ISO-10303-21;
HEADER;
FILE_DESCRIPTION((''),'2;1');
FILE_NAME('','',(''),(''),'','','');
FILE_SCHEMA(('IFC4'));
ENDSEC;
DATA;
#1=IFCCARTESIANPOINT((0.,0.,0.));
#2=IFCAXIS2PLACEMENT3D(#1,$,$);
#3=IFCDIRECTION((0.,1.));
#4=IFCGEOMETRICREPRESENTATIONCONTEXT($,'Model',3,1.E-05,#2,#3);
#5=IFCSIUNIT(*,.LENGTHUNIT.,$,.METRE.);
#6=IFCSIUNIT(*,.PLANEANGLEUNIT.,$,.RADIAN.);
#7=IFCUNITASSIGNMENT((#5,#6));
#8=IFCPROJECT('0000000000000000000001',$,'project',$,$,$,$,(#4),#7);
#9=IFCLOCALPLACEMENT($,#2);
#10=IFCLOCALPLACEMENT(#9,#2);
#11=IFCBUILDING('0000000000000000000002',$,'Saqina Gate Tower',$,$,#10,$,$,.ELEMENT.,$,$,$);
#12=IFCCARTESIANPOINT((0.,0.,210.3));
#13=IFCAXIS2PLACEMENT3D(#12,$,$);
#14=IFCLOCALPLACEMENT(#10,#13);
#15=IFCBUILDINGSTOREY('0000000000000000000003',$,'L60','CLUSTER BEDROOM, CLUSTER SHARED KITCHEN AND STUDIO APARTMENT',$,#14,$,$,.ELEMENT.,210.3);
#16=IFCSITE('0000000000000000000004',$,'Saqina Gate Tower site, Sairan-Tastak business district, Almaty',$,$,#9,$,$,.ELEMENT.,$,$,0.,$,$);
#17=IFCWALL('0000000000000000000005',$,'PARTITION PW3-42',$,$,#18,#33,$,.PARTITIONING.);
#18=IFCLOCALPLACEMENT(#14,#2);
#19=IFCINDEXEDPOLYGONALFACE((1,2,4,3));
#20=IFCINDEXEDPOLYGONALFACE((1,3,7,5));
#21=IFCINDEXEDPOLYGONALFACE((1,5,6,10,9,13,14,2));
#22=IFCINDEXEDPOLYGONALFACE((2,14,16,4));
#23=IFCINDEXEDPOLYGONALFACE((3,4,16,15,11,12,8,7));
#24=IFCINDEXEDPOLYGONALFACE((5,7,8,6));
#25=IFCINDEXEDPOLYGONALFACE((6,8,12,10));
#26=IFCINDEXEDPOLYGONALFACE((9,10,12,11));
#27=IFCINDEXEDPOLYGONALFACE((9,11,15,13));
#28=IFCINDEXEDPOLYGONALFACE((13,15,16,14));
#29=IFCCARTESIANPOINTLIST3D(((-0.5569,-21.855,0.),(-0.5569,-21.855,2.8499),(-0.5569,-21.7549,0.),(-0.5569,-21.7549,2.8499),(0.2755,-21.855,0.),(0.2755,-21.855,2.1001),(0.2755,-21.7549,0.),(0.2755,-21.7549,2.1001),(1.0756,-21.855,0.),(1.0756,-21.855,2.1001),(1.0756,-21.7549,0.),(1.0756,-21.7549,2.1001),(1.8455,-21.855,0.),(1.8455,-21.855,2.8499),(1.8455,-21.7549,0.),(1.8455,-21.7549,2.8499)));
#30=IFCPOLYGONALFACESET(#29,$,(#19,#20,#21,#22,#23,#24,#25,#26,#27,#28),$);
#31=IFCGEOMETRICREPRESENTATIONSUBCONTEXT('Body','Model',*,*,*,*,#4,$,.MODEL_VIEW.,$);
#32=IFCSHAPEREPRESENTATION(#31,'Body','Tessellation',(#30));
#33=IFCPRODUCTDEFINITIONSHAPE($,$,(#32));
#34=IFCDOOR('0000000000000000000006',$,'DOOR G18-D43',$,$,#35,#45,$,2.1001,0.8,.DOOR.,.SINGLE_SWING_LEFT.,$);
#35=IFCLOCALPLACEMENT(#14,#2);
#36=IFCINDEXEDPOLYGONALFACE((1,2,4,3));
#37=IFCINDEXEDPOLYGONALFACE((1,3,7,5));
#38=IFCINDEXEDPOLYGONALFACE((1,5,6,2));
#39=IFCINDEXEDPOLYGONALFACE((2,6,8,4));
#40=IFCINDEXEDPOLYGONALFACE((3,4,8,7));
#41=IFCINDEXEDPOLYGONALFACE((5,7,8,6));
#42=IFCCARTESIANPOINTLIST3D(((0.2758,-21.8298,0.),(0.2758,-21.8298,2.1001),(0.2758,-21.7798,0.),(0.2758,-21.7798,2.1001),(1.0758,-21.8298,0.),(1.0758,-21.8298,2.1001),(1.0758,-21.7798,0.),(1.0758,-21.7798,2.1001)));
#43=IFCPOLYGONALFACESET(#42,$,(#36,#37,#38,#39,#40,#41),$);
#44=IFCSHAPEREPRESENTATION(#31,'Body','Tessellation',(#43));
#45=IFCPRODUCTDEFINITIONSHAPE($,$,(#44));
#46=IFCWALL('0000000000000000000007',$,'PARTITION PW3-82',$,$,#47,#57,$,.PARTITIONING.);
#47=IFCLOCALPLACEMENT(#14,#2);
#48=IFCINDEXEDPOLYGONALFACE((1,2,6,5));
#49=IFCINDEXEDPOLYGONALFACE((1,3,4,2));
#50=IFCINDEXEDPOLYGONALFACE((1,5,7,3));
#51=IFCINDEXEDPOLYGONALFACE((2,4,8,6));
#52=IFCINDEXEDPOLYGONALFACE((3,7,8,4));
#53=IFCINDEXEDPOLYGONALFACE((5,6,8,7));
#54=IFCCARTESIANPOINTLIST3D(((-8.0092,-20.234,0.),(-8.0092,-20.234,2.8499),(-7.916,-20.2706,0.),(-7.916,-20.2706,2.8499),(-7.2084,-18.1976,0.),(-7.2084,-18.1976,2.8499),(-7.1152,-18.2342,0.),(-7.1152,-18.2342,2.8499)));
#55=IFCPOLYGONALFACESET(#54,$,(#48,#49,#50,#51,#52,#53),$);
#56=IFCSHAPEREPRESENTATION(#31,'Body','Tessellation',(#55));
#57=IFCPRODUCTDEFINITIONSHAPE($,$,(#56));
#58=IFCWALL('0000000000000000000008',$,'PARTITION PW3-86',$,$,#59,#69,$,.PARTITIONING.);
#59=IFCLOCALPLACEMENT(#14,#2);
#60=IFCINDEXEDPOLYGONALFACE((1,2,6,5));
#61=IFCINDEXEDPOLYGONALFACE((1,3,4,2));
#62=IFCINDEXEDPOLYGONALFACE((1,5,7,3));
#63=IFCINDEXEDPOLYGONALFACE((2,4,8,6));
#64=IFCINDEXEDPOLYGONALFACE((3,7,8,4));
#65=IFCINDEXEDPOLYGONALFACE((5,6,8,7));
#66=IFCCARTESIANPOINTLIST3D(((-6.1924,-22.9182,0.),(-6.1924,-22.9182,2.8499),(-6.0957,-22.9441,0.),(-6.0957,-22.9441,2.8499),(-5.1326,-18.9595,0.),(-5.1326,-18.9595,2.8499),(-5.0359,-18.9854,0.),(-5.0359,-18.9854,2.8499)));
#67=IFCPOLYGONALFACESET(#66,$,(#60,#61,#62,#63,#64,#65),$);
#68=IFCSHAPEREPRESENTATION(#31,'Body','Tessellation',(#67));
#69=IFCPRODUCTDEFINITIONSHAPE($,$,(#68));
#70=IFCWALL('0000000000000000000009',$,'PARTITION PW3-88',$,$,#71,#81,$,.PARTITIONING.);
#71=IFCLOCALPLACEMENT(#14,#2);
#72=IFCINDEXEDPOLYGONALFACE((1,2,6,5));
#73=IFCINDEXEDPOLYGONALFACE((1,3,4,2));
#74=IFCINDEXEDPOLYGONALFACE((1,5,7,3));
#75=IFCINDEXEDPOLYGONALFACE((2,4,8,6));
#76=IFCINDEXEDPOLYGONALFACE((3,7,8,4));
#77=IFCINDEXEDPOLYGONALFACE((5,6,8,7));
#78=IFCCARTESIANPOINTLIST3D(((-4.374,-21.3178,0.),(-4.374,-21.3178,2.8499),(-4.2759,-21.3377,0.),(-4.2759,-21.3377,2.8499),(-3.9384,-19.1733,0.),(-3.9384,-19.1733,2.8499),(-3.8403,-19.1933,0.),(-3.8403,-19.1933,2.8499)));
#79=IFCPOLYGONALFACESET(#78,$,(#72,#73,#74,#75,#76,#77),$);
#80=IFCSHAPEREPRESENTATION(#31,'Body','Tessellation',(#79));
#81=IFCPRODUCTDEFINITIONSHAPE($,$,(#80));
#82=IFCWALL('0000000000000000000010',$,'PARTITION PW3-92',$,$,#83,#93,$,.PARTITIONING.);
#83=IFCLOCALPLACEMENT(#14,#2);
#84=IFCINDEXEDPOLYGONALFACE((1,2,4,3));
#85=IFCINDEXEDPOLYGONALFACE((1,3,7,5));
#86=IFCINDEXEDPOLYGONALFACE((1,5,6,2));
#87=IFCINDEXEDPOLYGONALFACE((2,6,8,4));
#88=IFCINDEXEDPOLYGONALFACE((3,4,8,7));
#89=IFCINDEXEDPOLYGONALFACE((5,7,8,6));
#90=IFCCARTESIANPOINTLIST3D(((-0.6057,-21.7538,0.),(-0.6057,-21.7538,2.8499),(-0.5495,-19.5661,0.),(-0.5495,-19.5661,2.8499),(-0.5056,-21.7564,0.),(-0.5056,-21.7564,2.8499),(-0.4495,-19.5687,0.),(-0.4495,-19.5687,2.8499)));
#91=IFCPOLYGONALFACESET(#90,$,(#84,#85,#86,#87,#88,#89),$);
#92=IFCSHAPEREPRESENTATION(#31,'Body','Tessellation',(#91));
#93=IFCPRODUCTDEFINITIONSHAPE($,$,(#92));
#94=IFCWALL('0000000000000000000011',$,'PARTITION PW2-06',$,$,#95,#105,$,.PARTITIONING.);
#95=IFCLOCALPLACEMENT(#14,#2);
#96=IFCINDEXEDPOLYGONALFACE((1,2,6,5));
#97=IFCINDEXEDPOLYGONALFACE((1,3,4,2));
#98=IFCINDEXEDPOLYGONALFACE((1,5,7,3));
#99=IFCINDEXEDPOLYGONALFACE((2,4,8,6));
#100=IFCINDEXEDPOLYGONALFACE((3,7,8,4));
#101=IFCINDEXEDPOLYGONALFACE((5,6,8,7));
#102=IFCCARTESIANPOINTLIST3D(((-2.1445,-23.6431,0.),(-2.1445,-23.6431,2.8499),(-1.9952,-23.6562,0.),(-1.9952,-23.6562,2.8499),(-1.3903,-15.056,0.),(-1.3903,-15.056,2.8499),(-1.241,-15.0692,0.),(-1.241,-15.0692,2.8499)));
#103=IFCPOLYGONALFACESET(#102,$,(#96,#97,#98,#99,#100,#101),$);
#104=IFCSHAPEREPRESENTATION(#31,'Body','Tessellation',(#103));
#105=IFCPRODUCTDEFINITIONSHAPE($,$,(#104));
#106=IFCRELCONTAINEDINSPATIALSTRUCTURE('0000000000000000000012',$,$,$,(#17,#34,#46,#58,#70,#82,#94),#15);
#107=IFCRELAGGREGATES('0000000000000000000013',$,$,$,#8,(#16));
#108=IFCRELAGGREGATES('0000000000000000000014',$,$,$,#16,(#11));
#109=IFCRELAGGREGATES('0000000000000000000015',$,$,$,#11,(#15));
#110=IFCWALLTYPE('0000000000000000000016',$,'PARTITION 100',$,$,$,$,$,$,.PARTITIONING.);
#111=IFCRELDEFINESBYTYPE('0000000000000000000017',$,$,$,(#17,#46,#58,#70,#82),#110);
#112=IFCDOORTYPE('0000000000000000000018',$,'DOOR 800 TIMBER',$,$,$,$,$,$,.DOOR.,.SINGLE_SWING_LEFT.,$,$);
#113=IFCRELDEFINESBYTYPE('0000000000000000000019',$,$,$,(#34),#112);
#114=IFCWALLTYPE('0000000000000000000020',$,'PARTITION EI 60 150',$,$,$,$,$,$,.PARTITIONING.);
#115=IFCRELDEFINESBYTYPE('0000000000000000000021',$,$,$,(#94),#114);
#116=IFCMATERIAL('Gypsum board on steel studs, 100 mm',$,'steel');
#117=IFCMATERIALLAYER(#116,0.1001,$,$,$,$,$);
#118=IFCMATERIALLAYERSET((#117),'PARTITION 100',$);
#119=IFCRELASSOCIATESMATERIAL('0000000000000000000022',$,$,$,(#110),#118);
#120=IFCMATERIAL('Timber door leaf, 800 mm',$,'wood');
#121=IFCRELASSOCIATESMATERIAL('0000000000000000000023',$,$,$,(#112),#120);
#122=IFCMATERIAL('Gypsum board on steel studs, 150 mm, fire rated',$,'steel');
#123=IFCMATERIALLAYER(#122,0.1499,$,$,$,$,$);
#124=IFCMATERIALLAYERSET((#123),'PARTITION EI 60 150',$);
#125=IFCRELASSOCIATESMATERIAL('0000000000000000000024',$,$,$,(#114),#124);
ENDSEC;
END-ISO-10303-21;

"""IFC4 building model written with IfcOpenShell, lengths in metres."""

from ifc_helpers import new_model, si_unit, direction, frame, frame_2d, origin, place, context, subcontext, project, spatial, rectangle, extrude, material, layer, layer_set, type_object, element, fill, save


model = new_model("IFC4")

# Units and contexts
model_context = context("Model", 3, precision=1e-05, world=origin(), true_north=direction((0.0, 1.0)))
body_context = subcontext(model_context, "Body", "Model", "MODEL_VIEW")
ifc_project = project(units=[si_unit("LENGTHUNIT", "METRE"), si_unit("PLANEANGLEUNIT", "RADIAN")], contexts=[model_context])

# Site, building, storey
site_placement = place(None, origin())
site = spatial("IfcSite", under=ifc_project, at=site_placement, Name="Saqina Gate Tower site, Sairan-Tastak business district, Almaty", CompositionType="ELEMENT", RefElevation=0.0)
building_placement = place(site_placement, origin())
building = spatial("IfcBuilding", under=site, at=building_placement, Name="Saqina Gate Tower", CompositionType="ELEMENT")
storey_placement = place(building_placement, frame((0.0, 0.0, 210.3)))
storey = spatial("IfcBuildingStorey", under=building, at=storey_placement, Name="L60", Description="CLUSTER BEDROOM, CLUSTER SHARED KITCHEN AND STUDIO APARTMENT", CompositionType="ELEMENT", Elevation=210.3)

# Wall, opening, door
ifc_material_1 = material(Name="Gypsum board on steel studs, 100 mm", Category="steel")
ifc_layer_1 = layer(ifc_material_1, 0.1001)
ifc_layer_set_1 = layer_set([ifc_layer_1], Name="PARTITION 100")
wall_type_1 = type_object("IfcWallType", Name="PARTITION 100", PredefinedType="PARTITIONING", material=ifc_layer_set_1)
ifc_material_2 = material(Name="Timber door leaf, 800 mm", Category="wood")
door_type = type_object("IfcDoorType", Name="DOOR 800 TIMBER", OperationType="SINGLE_SWING_LEFT", PredefinedType="DOOR", material=ifc_material_2)
wall_1_placement = place(storey_placement, frame((-0.5569, -21.8049, 0.0), z_axis=(0.0, 0.0, 1.0), x_axis=(1.0, 0.0, 0.0)))
wall_1 = element("IfcWall", 1, at=wall_1_placement, inside=storey, type_object=wall_type_1, Name="PARTITION PW3-42", PredefinedType="PARTITIONING", context=body_context, shape_type="SweptSolid", body=[
    extrude(rectangle(XDim=2.4023, YDim=0.1001, at=frame_2d((1.2012, 0.0))), origin(), (0.0, 0.0, 1.0), 2.8499),
])
opening_1_placement = place(wall_1_placement, frame((0.8325, 0.0, 0.0)))
opening_1 = element("IfcOpeningElement", 2, at=opening_1_placement, cuts=wall_1, PredefinedType="OPENING", context=body_context, shape_type="SweptSolid", body=[
    extrude(rectangle(XDim=0.8, YDim=2.1001, at=frame_2d((0.3999, 1.05))), frame((0.0, 0.062, 0.0), z_axis=(0.0, -1.0, 0.0), x_axis=(1.0, 0.0, 0.0)), (0.0, 0.0, 1.0), 0.124),
])
door_1_placement = place(opening_1_placement, frame((0.8, 0.0, 0.0), z_axis=(0.0, 0.0, 1.0), x_axis=(-1.0, 0.0, 0.0)))
door_1 = element("IfcDoor", 3, at=door_1_placement, inside=storey, type_object=door_type, Name="DOOR G18-D43", OperationType="SINGLE_SWING_LEFT", OverallHeight=2.1001, OverallWidth=0.8, PredefinedType="DOOR", context=body_context, shape_type="SweptSolid", body=[
    extrude(rectangle(XDim=0.8, YDim=2.1001, at=frame_2d((0.3999, 1.05))), frame((0.0, 0.0249, 0.0), z_axis=(0.0, -1.0, 0.0), x_axis=(1.0, 0.0, 0.0)), (0.0, 0.0, 1.0), 0.05),
])
fill(opening_1, door_1)

# Walls
wall_2_placement = place(storey_placement, frame((-7.9626, -20.2524, 0.0), z_axis=(0.0, 0.0, 1.0), x_axis=(0.36596, 0.930631, 0.0)))
element("IfcWall", 4, at=wall_2_placement, inside=storey, type_object=wall_type_1, Name="PARTITION PW3-82", PredefinedType="PARTITIONING", context=body_context, shape_type="SweptSolid", body=[
    extrude(rectangle(XDim=2.1882, YDim=0.1001, at=frame_2d((1.0942, 0.0))), origin(), (0.0, 0.0, 1.0), 2.8499),
])
wall_3_placement = place(storey_placement, frame((-6.144, -22.9312, 0.0), z_axis=(0.0, 0.0, 1.0), x_axis=(0.258608, 0.965982, 0.0)))
element("IfcWall", 5, at=wall_3_placement, inside=storey, type_object=wall_type_1, Name="PARTITION PW3-86", PredefinedType="PARTITIONING", context=body_context, shape_type="SweptSolid", body=[
    extrude(rectangle(XDim=4.0981, YDim=0.1001, at=frame_2d((2.0491, 0.0))), origin(), (0.0, 0.0, 1.0), 2.8499),
])
wall_4_placement = place(storey_placement, frame((-4.325, -21.3279, 0.0), z_axis=(0.0, 0.0, 1.0), x_axis=(0.199033, 0.979993, 0.0)))
element("IfcWall", 6, at=wall_4_placement, inside=storey, type_object=wall_type_1, Name="PARTITION PW3-88", PredefinedType="PARTITIONING", context=body_context, shape_type="SweptSolid", body=[
    extrude(rectangle(XDim=2.1882, YDim=0.1001, at=frame_2d((1.0942, 0.0))), origin(), (0.0, 0.0, 1.0), 2.8499),
])
wall_5_placement = place(storey_placement, frame((-0.5557, -21.7551, 0.0), z_axis=(0.0, 0.0, 1.0), x_axis=(0.025658, 0.999671, 0.0)))
element("IfcWall", 7, at=wall_5_placement, inside=storey, type_object=wall_type_1, Name="PARTITION PW3-92", PredefinedType="PARTITIONING", context=body_context, shape_type="SweptSolid", body=[
    extrude(rectangle(XDim=2.1885, YDim=0.1001, at=frame_2d((1.0942, 0.0))), origin(), (0.0, 0.0, 1.0), 2.8499),
])
ifc_material_3 = material(Name="Gypsum board on steel studs, 150 mm, fire rated", Category="steel")
ifc_layer_2 = layer(ifc_material_3, 0.1499)
ifc_layer_set_2 = layer_set([ifc_layer_2], Name="PARTITION EI 60 150")
wall_type_2 = type_object("IfcWallType", Name="PARTITION EI 60 150", PredefinedType="PARTITIONING", material=ifc_layer_set_2)
wall_6_placement = place(storey_placement, frame((-2.0698, -23.6497, 0.0), z_axis=(0.0, 0.0, 1.0), x_axis=(0.087486, 0.996166, 0.0)))
element("IfcWall", 8, at=wall_6_placement, inside=storey, type_object=wall_type_2, Name="PARTITION PW2-06", PredefinedType="PARTITIONING", context=body_context, shape_type="SweptSolid", body=[
    extrude(rectangle(XDim=8.6201, YDim=0.1499, at=frame_2d((4.3101, 0.0))), origin(), (0.0, 0.0, 1.0), 2.8499),
])

save(model, "model.ifc")
